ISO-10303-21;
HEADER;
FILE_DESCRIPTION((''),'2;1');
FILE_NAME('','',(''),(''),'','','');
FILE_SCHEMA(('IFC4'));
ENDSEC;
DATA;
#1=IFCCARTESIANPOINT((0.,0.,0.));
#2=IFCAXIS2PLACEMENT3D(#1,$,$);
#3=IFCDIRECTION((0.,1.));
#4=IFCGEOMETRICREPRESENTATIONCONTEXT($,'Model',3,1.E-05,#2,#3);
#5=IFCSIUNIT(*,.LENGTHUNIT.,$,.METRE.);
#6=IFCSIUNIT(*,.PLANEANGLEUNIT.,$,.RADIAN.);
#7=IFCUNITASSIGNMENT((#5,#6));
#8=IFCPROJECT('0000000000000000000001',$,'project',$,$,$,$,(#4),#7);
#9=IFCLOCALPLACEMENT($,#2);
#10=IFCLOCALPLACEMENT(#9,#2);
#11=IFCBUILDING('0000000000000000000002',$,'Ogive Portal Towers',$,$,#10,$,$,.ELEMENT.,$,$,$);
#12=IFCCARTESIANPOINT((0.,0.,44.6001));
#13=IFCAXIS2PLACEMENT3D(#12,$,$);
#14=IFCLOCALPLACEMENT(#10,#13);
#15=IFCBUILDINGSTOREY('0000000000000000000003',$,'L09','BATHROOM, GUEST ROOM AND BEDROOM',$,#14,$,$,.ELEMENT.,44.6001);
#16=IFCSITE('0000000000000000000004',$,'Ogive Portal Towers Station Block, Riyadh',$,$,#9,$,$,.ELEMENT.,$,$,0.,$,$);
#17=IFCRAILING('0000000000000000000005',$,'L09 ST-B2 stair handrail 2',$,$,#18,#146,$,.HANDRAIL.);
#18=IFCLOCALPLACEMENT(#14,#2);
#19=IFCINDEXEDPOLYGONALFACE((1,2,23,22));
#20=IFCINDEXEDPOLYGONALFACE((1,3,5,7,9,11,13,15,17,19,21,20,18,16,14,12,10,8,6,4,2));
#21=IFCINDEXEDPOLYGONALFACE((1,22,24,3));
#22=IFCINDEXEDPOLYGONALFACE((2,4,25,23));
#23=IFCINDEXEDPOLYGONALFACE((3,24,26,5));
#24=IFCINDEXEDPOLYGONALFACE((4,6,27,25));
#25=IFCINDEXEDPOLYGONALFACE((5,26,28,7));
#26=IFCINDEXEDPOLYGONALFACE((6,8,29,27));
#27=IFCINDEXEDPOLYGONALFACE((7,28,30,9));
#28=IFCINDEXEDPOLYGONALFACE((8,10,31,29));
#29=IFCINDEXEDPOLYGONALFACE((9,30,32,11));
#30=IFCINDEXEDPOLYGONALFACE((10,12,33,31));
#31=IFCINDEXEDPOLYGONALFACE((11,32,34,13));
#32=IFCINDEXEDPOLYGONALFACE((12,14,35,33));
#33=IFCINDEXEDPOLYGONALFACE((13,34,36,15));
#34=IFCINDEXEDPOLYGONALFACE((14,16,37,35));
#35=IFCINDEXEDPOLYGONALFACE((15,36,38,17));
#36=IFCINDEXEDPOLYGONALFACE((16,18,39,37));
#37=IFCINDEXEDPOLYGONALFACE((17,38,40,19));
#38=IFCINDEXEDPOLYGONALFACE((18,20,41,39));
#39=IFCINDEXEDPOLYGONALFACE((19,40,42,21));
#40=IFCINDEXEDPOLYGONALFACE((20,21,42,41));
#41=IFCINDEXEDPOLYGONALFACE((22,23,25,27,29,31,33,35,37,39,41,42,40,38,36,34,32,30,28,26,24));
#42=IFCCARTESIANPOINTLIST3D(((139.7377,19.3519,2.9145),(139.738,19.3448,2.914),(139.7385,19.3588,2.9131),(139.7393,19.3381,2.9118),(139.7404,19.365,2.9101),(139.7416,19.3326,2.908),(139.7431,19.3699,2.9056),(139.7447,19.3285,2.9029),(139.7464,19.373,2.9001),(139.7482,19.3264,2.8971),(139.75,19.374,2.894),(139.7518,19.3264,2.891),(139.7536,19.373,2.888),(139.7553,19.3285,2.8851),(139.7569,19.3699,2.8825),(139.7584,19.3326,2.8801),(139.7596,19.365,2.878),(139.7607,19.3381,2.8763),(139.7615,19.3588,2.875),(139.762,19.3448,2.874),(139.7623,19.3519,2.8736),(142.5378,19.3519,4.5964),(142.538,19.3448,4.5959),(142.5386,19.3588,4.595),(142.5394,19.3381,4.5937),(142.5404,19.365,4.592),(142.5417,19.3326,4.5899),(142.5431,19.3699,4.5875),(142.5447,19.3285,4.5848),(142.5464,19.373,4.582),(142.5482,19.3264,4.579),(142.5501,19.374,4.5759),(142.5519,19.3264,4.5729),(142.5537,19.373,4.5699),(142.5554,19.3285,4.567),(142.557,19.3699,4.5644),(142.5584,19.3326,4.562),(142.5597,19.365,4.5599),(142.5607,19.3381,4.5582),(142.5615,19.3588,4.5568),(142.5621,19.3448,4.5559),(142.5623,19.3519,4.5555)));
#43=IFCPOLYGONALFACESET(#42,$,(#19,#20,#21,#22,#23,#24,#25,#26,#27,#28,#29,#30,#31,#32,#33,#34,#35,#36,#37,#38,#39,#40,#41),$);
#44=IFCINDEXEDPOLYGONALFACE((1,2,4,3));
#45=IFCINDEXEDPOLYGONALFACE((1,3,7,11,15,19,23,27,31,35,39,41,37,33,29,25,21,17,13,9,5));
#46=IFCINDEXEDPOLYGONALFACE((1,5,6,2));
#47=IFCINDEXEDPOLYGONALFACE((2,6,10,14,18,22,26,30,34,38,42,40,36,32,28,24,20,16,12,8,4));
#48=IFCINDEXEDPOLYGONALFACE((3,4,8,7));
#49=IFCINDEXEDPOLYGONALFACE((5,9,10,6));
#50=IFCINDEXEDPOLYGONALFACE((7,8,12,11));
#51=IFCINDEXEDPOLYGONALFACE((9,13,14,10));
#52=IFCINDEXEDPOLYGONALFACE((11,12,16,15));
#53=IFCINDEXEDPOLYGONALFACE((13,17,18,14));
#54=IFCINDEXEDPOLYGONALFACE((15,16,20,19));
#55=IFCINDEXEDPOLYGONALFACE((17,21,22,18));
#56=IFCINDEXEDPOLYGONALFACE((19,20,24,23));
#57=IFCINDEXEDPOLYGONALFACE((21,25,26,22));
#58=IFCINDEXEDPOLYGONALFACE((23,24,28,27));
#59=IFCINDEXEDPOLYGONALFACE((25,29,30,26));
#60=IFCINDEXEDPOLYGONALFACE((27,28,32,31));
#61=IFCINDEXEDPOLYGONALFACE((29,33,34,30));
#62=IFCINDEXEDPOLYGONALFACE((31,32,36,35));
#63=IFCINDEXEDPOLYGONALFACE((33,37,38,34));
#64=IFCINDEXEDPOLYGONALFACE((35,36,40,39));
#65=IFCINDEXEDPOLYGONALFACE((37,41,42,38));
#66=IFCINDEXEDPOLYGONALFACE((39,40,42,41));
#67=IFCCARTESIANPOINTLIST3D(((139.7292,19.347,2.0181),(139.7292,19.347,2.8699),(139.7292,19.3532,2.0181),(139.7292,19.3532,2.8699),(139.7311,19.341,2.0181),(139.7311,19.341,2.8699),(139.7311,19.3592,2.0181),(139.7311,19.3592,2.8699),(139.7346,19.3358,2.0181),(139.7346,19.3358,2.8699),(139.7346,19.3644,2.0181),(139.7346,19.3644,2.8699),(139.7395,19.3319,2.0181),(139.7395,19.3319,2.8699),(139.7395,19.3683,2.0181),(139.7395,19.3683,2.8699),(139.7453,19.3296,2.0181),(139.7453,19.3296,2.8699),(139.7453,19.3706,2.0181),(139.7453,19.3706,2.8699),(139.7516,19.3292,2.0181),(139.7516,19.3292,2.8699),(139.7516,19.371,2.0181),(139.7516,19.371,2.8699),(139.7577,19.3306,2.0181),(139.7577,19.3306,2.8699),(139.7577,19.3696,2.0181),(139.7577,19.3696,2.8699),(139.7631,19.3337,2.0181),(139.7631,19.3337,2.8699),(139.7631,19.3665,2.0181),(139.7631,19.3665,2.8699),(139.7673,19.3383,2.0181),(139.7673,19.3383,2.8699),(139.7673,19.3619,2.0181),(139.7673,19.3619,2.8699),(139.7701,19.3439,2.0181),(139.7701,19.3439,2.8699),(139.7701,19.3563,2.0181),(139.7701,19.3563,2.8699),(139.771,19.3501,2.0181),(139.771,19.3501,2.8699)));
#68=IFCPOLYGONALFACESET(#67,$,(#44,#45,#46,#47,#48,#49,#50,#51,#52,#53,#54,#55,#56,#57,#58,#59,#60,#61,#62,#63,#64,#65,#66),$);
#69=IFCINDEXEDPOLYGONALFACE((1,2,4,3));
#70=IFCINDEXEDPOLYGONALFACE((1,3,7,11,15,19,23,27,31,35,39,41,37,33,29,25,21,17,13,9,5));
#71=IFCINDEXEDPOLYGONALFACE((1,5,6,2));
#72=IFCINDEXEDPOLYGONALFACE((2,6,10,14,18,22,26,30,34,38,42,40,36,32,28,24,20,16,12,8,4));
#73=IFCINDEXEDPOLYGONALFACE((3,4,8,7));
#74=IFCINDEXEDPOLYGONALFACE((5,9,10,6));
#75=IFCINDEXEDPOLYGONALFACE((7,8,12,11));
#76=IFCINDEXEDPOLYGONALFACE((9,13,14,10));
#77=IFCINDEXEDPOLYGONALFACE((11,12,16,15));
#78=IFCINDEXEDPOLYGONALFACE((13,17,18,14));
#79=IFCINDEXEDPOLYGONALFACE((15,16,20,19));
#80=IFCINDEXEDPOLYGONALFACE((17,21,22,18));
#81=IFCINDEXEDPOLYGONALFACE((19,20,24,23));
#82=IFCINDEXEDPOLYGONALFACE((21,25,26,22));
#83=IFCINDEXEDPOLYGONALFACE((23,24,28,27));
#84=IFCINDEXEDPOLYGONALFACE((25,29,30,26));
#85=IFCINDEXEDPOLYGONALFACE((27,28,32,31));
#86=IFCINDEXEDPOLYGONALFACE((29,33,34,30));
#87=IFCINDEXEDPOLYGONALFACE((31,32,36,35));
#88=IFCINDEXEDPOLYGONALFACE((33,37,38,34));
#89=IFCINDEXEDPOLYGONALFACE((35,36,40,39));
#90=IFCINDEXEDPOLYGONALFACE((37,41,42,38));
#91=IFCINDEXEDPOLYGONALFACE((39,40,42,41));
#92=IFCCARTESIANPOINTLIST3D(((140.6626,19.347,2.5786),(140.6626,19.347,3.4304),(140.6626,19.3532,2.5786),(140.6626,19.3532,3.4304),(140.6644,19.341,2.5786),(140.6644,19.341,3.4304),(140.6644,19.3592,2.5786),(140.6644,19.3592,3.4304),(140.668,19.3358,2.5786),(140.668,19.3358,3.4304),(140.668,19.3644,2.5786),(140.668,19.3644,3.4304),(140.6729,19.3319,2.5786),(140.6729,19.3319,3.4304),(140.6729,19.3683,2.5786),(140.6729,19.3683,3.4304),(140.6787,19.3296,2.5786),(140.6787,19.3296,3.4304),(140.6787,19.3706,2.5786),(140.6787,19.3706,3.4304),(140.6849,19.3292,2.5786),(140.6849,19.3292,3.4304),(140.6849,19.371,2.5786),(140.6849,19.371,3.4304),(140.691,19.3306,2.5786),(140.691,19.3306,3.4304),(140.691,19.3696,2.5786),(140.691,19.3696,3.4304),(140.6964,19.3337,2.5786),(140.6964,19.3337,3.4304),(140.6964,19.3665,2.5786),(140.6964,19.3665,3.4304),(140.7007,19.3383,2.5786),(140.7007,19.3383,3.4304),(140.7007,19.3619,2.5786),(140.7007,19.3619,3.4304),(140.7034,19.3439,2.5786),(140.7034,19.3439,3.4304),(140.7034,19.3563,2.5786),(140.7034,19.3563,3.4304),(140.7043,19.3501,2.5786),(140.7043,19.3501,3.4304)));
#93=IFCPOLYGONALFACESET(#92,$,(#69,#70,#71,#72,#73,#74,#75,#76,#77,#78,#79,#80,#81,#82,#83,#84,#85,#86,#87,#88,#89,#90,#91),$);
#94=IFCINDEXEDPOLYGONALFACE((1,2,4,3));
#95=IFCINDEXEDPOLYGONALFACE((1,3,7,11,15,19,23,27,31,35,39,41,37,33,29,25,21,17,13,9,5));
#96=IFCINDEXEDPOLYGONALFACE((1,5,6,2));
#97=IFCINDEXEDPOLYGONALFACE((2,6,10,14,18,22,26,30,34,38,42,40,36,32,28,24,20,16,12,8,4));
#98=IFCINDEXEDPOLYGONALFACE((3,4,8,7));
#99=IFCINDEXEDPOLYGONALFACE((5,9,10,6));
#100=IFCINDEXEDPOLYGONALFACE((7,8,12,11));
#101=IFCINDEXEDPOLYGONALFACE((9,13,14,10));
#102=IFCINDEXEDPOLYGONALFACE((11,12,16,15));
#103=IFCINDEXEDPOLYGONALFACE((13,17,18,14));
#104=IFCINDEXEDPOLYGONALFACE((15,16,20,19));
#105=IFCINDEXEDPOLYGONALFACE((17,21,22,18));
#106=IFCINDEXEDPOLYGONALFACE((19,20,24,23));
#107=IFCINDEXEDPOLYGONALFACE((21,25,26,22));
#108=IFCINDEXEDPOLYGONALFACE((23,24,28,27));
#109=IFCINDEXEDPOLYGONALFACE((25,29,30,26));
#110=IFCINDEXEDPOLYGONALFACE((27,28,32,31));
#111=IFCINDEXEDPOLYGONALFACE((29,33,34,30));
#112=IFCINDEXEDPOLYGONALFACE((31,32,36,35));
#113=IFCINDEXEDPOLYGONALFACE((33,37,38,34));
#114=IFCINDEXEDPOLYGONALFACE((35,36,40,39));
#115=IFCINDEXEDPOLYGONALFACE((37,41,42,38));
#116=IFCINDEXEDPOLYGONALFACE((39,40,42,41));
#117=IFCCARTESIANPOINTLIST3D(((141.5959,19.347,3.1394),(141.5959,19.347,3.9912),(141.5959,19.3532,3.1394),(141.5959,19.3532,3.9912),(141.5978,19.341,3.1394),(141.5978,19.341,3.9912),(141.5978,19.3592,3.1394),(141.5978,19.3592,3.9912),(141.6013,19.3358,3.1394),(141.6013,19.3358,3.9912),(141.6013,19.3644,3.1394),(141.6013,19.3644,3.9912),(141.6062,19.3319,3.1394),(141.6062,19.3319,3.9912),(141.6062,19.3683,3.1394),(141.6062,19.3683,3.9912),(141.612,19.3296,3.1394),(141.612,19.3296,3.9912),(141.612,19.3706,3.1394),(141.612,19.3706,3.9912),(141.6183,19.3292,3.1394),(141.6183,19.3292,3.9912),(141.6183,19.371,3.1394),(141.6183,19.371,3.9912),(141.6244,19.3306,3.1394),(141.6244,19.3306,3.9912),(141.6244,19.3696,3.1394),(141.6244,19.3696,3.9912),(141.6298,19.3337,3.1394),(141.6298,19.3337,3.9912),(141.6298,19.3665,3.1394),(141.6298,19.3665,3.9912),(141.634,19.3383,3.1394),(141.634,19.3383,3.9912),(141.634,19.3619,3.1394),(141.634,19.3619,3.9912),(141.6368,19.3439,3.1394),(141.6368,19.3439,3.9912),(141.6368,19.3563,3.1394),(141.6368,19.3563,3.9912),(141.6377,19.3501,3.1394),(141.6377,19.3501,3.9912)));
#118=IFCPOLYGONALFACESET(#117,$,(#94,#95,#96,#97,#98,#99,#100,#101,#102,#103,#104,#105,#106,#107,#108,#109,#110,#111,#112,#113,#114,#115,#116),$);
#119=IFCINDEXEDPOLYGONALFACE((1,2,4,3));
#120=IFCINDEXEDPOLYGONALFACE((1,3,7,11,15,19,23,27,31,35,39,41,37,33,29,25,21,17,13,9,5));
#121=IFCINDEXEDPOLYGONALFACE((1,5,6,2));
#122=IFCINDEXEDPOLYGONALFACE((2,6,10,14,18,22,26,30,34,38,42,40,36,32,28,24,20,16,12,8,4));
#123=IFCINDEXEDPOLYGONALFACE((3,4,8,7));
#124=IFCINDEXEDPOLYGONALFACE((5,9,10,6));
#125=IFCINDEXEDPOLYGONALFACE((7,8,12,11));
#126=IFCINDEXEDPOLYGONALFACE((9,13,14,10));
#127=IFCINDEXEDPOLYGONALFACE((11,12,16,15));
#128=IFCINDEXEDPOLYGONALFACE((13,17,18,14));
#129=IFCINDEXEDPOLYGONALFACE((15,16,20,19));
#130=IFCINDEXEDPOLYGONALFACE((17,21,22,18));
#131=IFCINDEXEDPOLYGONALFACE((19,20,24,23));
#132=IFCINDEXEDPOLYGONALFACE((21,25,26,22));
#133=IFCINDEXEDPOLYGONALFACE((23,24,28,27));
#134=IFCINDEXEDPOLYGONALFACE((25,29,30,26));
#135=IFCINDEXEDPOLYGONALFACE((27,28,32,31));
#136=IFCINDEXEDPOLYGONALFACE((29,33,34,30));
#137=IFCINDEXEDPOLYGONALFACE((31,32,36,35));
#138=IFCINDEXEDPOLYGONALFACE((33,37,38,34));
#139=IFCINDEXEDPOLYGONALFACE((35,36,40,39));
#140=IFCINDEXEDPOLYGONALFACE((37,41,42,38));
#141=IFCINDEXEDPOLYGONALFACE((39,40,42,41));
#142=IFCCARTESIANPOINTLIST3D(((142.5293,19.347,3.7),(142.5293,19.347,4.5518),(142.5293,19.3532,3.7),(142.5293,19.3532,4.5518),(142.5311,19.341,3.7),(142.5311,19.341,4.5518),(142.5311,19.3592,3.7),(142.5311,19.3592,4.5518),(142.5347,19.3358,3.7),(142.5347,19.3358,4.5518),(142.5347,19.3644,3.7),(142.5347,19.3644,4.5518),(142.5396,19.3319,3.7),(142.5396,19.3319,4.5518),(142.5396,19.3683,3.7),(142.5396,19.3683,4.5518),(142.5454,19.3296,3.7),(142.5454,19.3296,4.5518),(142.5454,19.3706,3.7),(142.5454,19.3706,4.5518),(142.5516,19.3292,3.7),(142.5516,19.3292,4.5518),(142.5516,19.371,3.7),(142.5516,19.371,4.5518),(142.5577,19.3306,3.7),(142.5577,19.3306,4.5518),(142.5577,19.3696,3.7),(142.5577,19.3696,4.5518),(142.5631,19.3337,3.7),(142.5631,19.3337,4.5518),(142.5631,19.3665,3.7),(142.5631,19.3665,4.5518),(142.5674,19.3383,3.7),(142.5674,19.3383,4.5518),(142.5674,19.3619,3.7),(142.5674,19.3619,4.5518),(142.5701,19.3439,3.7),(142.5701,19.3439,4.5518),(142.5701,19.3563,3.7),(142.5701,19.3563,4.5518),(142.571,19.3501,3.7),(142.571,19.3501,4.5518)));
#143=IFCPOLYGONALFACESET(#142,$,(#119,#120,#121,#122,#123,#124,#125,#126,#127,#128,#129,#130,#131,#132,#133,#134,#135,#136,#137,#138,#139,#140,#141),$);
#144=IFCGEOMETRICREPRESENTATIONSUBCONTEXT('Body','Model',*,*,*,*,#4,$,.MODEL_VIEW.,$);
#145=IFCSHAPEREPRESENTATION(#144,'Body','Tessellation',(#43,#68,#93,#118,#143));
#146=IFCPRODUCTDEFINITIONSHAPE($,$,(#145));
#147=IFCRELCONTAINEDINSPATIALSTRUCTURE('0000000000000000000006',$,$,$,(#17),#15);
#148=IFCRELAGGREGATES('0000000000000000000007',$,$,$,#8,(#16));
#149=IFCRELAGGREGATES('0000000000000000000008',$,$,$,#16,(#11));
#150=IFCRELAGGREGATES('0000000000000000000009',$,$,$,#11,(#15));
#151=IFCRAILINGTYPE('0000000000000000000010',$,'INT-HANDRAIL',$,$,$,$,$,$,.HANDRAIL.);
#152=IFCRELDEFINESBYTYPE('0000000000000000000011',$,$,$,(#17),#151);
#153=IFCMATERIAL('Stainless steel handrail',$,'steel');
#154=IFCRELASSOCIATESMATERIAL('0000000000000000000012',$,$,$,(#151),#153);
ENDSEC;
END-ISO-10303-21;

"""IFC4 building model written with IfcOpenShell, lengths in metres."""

from ifc_helpers import new_model, si_unit, direction, frame, origin, origin_2d, place, context, subcontext, project, spatial, circle, extrude, material, type_object, element, save


model = new_model("IFC4")

# Units and contexts
model_context = context("Model", 3, precision=1e-05, world=origin(), true_north=direction((0.0, 1.0)))
body_context = subcontext(model_context, "Body", "Model", "MODEL_VIEW")
ifc_project = project(units=[si_unit("LENGTHUNIT", "METRE"), si_unit("PLANEANGLEUNIT", "RADIAN")], contexts=[model_context])

# Site, building, storey
site_placement = place(None, origin())
site = spatial("IfcSite", under=ifc_project, at=site_placement, Name="Ogive Portal Towers Station Block, Riyadh", CompositionType="ELEMENT", RefElevation=0.0)
building_placement = place(site_placement, origin())
building = spatial("IfcBuilding", under=site, at=building_placement, Name="Ogive Portal Towers", CompositionType="ELEMENT")
storey_placement = place(building_placement, frame((0.0, 0.0, 44.6001)))
storey = spatial("IfcBuildingStorey", under=building, at=storey_placement, Name="L09", Description="BATHROOM, GUEST ROOM AND BEDROOM", CompositionType="ELEMENT", Elevation=44.6001)

# Railing
ifc_material_1 = material(Name="Stainless steel handrail", Category="steel")
railing_type_1 = type_object("IfcRailingType", Name="INT-HANDRAIL", PredefinedType="HANDRAIL", material=ifc_material_1)
railing_1_placement = place(storey_placement, frame((139.75, 19.3501, 2.0181)))
element("IfcRailing", 1, at=railing_1_placement, inside=storey, type_object=railing_type_1, Name="L09 ST-B2 stair handrail 2", PredefinedType="HANDRAIL", context=body_context, shape_type="SweptSolid", body=[
    extrude(circle(Radius=0.0239, at=origin_2d()), frame((0.0, 0.0, 0.876), z_axis=(0.857242, 0.0, 0.514913), x_axis=(0.0, 1.0, 0.0)), (0.0, 0.0, 1.0), 3.2664),
    extrude(circle(Radius=0.021, at=origin_2d()), origin(), (0.0, 0.0, 1.0), 0.8518),
    extrude(circle(Radius=0.021, at=origin_2d()), frame((0.9333, 0.0, 0.5605)), (0.0, 0.0, 1.0), 0.8518),
    extrude(circle(Radius=0.021, at=origin_2d()), frame((1.8667, 0.0, 1.1213)), (0.0, 0.0, 1.0), 0.8518),
    extrude(circle(Radius=0.021, at=origin_2d()), frame((2.8, 0.0, 1.6819)), (0.0, 0.0, 1.0), 0.8518),
])

save(model, "model.ifc")
